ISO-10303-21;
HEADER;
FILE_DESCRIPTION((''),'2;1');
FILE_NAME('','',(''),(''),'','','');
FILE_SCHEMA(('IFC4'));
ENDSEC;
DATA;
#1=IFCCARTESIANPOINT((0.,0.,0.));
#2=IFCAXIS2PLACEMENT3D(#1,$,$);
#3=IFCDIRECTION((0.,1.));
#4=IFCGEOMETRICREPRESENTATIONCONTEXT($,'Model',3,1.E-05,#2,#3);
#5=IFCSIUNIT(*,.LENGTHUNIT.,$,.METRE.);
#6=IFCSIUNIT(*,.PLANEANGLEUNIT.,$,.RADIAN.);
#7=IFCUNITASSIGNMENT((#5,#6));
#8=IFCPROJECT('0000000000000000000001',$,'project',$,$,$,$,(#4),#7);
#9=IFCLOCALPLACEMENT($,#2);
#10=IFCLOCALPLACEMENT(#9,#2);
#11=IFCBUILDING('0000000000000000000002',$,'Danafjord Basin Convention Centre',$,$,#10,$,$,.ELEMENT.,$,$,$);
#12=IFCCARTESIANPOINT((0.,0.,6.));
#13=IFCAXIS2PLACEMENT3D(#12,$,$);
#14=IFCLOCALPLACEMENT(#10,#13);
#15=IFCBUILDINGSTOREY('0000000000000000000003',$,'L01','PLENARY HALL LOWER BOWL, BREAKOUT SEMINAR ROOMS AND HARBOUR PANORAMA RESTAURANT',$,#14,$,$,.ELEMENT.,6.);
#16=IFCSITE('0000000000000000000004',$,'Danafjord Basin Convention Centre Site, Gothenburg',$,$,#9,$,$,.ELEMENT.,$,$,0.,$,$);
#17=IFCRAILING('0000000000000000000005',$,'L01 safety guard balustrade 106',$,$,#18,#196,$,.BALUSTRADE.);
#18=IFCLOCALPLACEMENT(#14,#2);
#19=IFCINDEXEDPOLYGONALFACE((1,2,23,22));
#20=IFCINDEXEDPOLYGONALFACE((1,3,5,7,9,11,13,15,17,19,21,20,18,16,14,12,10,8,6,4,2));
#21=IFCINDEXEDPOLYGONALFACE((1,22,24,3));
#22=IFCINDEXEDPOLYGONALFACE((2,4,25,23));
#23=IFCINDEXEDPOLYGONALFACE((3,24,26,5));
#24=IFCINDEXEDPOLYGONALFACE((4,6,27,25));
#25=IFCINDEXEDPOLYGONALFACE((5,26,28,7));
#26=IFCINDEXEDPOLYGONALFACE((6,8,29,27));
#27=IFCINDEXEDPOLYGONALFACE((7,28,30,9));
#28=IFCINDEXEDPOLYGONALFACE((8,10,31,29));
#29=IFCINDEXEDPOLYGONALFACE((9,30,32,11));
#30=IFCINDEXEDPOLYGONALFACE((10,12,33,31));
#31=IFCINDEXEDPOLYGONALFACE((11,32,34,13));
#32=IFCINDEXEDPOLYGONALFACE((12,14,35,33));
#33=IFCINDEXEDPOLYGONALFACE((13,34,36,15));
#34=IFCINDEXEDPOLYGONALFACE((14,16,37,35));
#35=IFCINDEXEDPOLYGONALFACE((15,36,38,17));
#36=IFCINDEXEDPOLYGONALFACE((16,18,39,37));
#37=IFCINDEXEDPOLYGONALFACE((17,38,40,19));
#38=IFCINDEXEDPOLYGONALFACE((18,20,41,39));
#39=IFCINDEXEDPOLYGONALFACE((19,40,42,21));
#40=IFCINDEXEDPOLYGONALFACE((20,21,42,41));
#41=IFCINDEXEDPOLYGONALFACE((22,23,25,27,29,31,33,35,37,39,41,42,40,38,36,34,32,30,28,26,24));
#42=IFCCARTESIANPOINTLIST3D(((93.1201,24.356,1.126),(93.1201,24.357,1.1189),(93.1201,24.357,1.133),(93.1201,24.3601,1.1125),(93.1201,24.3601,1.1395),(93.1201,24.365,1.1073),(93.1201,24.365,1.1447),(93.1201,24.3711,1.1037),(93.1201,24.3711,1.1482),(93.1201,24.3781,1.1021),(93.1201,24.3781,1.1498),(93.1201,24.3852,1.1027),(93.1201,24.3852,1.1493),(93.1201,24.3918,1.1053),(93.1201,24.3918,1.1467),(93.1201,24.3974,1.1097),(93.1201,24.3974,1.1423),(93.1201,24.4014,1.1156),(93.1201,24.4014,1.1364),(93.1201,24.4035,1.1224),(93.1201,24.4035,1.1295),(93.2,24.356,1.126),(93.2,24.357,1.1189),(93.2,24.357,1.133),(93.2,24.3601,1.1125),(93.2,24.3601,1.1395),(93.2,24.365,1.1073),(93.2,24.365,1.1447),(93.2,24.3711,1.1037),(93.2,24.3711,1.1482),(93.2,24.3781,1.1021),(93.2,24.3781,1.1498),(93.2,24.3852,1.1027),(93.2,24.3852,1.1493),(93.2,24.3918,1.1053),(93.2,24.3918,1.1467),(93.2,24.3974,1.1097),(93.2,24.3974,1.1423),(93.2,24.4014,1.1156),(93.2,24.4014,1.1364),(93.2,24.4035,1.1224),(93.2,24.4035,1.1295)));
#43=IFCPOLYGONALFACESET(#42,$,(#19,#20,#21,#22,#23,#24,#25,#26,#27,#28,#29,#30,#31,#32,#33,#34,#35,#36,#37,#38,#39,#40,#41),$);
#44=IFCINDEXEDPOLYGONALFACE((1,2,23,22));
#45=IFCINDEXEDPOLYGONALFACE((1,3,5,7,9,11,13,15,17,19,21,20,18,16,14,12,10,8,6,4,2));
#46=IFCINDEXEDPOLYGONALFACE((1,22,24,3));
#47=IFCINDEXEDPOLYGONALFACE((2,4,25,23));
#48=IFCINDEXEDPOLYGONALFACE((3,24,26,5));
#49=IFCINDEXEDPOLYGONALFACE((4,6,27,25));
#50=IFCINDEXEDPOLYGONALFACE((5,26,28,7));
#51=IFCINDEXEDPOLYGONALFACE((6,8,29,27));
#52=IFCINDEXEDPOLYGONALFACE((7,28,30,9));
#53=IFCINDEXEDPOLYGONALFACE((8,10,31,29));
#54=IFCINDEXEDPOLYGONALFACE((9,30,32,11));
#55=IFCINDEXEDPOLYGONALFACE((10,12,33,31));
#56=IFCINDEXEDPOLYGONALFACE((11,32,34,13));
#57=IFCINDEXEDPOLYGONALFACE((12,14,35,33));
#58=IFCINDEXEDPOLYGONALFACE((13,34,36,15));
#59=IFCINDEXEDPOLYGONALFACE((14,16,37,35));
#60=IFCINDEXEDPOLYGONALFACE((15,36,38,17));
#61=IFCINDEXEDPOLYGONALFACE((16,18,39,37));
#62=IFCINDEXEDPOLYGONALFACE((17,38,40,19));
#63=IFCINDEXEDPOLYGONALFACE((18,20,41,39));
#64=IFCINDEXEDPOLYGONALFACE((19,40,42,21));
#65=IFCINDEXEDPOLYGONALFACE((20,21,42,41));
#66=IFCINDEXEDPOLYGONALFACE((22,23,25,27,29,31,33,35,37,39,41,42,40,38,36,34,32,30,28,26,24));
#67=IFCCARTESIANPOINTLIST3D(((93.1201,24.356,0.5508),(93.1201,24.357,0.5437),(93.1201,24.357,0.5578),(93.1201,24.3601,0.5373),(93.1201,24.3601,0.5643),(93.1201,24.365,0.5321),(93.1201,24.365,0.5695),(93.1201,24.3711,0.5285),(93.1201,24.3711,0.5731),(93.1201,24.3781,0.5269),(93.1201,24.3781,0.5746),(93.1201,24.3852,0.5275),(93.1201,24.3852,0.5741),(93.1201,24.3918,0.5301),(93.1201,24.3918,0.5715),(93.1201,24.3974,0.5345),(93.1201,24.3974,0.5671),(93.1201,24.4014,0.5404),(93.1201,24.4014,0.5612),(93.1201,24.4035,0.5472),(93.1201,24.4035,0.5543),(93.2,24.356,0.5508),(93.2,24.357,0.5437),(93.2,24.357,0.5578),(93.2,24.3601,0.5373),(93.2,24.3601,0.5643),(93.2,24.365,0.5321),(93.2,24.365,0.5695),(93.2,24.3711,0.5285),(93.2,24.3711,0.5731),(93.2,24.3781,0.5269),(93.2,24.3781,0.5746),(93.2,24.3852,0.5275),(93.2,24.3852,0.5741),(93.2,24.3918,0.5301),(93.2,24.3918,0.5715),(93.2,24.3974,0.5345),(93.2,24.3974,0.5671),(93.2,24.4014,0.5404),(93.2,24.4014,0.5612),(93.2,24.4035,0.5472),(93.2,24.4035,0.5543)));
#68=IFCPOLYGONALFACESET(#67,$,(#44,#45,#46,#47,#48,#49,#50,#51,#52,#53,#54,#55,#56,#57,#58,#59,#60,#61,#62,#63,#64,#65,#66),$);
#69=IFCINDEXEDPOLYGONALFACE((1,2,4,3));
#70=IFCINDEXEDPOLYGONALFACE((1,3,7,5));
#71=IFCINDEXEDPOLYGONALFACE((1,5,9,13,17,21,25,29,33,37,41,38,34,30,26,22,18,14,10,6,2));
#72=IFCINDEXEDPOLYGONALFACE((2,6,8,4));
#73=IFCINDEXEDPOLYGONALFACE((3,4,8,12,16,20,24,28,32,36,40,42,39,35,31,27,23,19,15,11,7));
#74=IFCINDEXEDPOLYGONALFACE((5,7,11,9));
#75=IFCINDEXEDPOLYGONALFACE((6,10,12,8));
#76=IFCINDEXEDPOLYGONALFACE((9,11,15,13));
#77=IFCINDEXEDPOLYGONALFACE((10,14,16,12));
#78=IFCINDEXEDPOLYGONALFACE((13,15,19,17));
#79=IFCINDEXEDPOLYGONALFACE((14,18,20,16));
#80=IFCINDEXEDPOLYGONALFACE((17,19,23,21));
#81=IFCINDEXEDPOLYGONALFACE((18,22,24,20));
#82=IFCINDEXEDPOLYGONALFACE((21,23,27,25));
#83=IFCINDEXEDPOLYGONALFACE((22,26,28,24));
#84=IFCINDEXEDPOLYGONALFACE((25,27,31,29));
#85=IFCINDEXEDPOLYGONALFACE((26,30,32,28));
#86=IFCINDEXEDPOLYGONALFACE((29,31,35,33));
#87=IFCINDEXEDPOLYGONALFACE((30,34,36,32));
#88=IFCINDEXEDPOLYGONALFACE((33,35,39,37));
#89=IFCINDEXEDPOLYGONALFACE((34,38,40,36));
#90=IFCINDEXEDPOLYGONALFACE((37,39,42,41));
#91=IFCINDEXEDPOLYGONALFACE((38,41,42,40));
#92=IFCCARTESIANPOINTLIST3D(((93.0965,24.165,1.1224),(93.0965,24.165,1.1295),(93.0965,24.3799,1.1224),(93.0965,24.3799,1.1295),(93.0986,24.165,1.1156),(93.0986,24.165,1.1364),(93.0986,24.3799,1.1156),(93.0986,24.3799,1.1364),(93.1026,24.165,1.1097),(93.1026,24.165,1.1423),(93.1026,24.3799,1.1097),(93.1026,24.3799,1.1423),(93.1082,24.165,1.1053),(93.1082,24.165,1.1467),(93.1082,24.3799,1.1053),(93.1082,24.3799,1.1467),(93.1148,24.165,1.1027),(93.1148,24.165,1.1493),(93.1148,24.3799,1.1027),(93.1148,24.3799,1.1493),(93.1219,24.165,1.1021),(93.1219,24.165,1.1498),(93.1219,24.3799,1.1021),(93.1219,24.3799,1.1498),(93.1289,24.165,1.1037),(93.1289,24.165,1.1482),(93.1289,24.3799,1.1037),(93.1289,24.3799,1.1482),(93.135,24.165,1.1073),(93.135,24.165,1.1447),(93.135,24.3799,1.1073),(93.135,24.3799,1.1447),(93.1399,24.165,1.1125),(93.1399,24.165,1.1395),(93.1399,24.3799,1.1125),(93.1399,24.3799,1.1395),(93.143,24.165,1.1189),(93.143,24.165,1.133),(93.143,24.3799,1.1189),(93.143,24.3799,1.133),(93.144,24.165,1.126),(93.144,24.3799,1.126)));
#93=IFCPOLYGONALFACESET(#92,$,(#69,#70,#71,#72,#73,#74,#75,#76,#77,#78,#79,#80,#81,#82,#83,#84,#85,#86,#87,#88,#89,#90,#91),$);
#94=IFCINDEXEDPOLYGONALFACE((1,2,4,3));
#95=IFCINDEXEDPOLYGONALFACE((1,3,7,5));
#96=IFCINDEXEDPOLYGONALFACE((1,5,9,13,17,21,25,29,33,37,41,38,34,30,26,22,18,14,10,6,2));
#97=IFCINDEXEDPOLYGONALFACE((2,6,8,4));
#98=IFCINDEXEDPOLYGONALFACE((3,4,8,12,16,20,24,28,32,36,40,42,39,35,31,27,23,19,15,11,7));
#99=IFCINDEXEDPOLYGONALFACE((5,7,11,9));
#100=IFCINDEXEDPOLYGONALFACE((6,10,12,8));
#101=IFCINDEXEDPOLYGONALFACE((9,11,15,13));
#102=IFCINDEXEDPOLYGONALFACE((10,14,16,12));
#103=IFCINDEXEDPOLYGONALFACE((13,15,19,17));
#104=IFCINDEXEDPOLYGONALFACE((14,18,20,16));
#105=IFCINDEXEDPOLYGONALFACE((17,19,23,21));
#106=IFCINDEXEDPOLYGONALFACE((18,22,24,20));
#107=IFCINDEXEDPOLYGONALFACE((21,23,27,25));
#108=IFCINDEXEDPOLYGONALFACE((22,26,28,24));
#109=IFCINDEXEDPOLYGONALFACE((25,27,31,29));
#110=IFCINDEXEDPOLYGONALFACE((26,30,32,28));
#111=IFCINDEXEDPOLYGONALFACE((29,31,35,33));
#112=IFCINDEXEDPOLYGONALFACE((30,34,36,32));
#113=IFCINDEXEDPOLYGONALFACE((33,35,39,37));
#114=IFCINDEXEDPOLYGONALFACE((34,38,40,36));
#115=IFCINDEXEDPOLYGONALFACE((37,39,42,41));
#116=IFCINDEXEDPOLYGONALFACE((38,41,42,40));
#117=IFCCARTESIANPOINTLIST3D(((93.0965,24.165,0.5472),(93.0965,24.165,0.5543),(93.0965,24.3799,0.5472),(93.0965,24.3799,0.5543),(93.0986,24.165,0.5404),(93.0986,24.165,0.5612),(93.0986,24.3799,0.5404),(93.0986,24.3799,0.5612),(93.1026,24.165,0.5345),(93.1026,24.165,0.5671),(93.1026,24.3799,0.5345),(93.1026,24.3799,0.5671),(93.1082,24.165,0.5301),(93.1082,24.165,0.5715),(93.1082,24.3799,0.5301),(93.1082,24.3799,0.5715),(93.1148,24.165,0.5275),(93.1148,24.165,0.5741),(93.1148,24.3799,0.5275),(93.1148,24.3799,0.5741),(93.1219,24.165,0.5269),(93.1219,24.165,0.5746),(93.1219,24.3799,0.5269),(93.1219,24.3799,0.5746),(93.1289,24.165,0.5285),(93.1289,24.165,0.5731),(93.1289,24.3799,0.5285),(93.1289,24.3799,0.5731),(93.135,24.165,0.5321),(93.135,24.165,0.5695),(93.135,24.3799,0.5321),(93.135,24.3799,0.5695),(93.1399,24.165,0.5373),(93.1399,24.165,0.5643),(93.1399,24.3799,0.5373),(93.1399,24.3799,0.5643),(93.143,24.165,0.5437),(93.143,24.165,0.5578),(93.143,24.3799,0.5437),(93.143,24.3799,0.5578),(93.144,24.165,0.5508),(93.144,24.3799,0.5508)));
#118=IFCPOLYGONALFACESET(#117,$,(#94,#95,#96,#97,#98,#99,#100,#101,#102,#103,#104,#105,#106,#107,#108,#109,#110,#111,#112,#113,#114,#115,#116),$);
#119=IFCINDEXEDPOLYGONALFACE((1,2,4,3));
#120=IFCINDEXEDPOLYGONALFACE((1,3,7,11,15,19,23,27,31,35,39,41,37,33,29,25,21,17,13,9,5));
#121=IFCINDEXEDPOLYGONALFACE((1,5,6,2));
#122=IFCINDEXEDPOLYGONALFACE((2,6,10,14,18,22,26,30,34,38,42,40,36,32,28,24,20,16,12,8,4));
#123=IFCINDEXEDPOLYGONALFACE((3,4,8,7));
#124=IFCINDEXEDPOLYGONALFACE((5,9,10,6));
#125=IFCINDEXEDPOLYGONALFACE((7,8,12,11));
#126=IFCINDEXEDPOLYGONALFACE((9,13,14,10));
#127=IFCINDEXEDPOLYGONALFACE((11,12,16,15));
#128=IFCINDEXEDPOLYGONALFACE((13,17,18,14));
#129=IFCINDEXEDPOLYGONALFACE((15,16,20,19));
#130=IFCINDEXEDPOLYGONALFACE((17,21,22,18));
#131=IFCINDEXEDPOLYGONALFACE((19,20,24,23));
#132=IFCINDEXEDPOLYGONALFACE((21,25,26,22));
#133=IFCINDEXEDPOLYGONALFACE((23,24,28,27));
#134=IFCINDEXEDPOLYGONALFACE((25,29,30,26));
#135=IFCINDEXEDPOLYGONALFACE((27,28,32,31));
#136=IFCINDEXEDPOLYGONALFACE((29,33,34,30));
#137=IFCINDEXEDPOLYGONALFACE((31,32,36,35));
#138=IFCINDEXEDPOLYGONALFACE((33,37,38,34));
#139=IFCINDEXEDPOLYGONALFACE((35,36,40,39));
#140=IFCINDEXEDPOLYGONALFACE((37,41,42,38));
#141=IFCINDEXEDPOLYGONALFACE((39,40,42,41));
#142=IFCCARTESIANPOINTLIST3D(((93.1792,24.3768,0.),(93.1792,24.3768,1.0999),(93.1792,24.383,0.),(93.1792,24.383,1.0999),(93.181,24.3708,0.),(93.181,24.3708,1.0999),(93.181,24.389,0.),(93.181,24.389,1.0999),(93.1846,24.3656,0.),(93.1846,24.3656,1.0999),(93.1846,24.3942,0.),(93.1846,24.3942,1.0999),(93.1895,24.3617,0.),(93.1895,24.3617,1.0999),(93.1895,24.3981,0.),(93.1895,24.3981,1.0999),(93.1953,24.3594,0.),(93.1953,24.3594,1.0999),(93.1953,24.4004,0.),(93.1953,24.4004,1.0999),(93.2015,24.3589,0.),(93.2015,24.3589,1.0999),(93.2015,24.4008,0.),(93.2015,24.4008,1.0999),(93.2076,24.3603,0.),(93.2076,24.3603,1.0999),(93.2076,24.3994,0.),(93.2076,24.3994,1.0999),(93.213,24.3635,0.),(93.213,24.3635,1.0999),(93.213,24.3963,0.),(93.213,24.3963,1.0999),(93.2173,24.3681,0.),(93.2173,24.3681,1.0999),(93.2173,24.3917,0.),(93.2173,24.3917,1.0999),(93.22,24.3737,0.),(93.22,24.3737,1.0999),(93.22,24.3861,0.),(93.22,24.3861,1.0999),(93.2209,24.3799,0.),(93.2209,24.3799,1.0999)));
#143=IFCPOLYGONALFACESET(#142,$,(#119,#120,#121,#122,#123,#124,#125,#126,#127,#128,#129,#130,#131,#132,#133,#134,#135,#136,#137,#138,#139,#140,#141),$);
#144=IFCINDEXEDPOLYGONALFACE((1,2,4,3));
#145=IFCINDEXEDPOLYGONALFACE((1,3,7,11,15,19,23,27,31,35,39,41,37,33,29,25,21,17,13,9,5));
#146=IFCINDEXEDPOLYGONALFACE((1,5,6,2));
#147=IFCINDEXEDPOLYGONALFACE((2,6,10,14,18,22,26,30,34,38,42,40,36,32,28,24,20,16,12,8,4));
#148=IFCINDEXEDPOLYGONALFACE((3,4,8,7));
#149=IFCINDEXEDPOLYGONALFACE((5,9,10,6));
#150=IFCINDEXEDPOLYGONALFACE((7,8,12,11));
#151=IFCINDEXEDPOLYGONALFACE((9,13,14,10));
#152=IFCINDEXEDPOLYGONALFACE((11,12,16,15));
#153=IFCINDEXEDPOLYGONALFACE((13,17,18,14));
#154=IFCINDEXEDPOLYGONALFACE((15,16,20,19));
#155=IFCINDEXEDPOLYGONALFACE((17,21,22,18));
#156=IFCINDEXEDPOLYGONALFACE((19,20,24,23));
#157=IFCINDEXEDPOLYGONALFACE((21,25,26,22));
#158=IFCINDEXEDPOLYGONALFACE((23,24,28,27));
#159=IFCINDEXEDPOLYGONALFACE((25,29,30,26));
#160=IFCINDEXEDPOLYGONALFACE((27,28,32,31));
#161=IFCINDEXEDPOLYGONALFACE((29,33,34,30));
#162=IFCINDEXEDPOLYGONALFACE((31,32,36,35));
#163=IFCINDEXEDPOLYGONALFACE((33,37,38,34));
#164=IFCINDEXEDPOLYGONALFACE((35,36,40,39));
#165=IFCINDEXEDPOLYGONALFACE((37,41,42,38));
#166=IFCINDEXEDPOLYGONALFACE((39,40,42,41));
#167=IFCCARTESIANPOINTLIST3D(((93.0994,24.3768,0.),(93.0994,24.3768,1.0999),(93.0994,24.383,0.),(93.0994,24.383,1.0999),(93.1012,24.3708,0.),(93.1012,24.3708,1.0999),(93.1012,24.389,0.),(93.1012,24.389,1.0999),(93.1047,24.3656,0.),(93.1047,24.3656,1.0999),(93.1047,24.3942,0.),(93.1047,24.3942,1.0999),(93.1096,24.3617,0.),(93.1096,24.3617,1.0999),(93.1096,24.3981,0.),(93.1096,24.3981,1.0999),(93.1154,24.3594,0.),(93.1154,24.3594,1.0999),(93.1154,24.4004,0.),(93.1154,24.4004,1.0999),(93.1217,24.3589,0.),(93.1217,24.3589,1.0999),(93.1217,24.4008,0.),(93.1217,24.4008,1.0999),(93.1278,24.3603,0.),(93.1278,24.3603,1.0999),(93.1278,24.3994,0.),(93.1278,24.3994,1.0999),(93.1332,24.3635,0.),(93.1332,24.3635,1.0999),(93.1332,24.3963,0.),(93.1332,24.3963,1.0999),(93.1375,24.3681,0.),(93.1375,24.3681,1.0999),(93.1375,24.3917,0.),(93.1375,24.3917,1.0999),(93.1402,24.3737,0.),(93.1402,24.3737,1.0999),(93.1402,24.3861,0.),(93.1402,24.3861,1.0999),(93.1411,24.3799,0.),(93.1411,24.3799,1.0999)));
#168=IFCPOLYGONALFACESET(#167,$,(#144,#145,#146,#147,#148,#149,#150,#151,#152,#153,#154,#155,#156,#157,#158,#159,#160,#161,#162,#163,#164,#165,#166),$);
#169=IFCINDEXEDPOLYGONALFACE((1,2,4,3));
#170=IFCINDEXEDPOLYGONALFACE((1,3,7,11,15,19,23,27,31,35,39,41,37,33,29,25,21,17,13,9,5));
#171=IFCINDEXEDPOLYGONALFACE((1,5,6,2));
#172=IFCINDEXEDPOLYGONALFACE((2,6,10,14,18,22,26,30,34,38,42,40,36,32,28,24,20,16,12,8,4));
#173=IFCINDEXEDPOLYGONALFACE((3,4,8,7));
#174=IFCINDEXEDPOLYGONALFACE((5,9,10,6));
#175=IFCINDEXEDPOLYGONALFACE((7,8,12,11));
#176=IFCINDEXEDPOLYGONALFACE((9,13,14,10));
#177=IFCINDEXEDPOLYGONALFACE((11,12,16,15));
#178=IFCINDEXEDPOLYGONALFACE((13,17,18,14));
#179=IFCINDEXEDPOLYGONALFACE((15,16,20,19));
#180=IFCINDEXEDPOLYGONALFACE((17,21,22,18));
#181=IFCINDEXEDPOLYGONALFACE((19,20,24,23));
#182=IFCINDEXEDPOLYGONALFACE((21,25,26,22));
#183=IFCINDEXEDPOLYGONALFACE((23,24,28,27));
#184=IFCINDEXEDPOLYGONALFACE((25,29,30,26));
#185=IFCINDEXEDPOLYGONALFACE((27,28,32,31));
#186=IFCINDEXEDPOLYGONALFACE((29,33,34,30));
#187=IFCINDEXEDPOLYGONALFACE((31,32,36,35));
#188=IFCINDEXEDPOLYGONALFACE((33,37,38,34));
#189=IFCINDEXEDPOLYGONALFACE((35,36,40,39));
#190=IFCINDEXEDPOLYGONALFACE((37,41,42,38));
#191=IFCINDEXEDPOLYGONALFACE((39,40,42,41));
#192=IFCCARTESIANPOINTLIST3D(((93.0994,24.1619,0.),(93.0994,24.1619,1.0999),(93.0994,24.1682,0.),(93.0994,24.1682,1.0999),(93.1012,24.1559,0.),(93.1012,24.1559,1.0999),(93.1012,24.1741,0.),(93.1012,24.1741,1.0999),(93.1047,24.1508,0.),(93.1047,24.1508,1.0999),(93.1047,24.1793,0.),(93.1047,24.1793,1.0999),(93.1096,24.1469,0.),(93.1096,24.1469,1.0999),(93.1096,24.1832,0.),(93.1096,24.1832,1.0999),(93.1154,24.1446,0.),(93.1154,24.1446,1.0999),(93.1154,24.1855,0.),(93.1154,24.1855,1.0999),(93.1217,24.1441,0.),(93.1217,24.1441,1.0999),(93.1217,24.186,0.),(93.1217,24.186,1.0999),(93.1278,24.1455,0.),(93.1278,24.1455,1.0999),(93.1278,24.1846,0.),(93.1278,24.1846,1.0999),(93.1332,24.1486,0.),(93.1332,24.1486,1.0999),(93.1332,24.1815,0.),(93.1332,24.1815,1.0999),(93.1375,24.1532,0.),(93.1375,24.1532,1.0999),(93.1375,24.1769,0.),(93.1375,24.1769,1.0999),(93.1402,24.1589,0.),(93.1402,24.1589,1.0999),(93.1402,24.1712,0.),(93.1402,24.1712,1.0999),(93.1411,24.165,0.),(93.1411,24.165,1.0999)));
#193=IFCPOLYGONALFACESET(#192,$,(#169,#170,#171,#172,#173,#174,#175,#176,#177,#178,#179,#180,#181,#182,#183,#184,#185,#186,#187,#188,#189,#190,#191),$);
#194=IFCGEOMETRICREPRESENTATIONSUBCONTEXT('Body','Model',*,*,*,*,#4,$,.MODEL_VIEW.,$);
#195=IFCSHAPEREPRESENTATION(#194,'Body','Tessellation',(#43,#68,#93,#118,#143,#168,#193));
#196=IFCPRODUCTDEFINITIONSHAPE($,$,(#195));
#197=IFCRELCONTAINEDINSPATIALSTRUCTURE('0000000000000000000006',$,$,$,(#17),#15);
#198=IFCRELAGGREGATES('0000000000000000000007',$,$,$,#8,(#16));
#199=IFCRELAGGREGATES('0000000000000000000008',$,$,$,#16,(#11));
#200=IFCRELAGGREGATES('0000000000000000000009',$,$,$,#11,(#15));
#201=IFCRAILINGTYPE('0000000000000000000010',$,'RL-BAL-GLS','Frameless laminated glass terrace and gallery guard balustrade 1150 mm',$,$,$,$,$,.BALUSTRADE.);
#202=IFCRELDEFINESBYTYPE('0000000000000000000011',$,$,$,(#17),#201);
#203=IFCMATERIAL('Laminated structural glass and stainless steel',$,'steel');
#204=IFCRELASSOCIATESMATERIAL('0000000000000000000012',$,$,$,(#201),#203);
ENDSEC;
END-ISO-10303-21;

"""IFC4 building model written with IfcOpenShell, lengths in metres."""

from ifc_helpers import new_model, si_unit, direction, frame, origin, origin_2d, place, context, subcontext, project, spatial, circle, extrude, material, type_object, element, save


model = new_model("IFC4")

# Units and contexts
model_context = context("Model", 3, precision=1e-05, world=origin(), true_north=direction((0.0, 1.0)))
body_context = subcontext(model_context, "Body", "Model", "MODEL_VIEW")
ifc_project = project(units=[si_unit("LENGTHUNIT", "METRE"), si_unit("PLANEANGLEUNIT", "RADIAN")], contexts=[model_context])

# Site, building, storey
site_placement = place(None, origin())
site = spatial("IfcSite", under=ifc_project, at=site_placement, Name="Danafjord Basin Convention Centre Site, Gothenburg", CompositionType="ELEMENT", RefElevation=0.0)
building_placement = place(site_placement, origin())
building = spatial("IfcBuilding", under=site, at=building_placement, Name="Danafjord Basin Convention Centre", CompositionType="ELEMENT")
storey_placement = place(building_placement, frame((0.0, 0.0, 6.0)))
storey = spatial("IfcBuildingStorey", under=building, at=storey_placement, Name="L01", Description="PLENARY HALL LOWER BOWL, BREAKOUT SEMINAR ROOMS AND HARBOUR PANORAMA RESTAURANT", CompositionType="ELEMENT", Elevation=6.0)

# Railing
ifc_material_1 = material(Name="Laminated structural glass and stainless steel", Category="steel")
railing_type_1 = type_object("IfcRailingType", Name="RL-BAL-GLS", Description="Frameless laminated glass terrace and gallery guard balustrade 1150 mm", PredefinedType="BALUSTRADE", material=ifc_material_1)
railing_1_placement = place(storey_placement, frame((93.2, 24.3799, 0.0)))
element("IfcRailing", 1, at=railing_1_placement, inside=storey, type_object=railing_type_1, Name="L01 safety guard balustrade 106", PredefinedType="BALUSTRADE", context=body_context, shape_type="SweptSolid", body=[
    extrude(circle(Radius=0.0239, at=origin_2d()), frame((0.0, 0.0, 1.126), z_axis=(-1.0, 0.0, 0.0), x_axis=(0.0, -1.0, 0.0)), (0.0, 0.0, 1.0), 0.0798),
    extrude(circle(Radius=0.0239, at=origin_2d()), frame((0.0, 0.0, 0.5508), z_axis=(-1.0, 0.0, 0.0), x_axis=(0.0, -1.0, 0.0)), (0.0, 0.0, 1.0), 0.0798),
    extrude(circle(Radius=0.0239, at=origin_2d()), frame((-0.0798, 0.0, 1.126), z_axis=(0.0, -1.0, 0.0), x_axis=(1.0, 0.0, 0.0)), (0.0, 0.0, 1.0), 0.2148),
    extrude(circle(Radius=0.0239, at=origin_2d()), frame((-0.0798, 0.0, 0.5508), z_axis=(0.0, -1.0, 0.0), x_axis=(1.0, 0.0, 0.0)), (0.0, 0.0, 1.0), 0.2148),
    extrude(circle(Radius=0.021, at=origin_2d()), origin(), (0.0, 0.0, 1.0), 1.0999),
    extrude(circle(Radius=0.021, at=origin_2d()), frame((-0.0798, 0.0, 0.0)), (0.0, 0.0, 1.0), 1.0999),
    extrude(circle(Radius=0.021, at=origin_2d()), frame((-0.0798, -0.2148, 0.0)), (0.0, 0.0, 1.0), 1.0999),
])

save(model, "model.ifc")
